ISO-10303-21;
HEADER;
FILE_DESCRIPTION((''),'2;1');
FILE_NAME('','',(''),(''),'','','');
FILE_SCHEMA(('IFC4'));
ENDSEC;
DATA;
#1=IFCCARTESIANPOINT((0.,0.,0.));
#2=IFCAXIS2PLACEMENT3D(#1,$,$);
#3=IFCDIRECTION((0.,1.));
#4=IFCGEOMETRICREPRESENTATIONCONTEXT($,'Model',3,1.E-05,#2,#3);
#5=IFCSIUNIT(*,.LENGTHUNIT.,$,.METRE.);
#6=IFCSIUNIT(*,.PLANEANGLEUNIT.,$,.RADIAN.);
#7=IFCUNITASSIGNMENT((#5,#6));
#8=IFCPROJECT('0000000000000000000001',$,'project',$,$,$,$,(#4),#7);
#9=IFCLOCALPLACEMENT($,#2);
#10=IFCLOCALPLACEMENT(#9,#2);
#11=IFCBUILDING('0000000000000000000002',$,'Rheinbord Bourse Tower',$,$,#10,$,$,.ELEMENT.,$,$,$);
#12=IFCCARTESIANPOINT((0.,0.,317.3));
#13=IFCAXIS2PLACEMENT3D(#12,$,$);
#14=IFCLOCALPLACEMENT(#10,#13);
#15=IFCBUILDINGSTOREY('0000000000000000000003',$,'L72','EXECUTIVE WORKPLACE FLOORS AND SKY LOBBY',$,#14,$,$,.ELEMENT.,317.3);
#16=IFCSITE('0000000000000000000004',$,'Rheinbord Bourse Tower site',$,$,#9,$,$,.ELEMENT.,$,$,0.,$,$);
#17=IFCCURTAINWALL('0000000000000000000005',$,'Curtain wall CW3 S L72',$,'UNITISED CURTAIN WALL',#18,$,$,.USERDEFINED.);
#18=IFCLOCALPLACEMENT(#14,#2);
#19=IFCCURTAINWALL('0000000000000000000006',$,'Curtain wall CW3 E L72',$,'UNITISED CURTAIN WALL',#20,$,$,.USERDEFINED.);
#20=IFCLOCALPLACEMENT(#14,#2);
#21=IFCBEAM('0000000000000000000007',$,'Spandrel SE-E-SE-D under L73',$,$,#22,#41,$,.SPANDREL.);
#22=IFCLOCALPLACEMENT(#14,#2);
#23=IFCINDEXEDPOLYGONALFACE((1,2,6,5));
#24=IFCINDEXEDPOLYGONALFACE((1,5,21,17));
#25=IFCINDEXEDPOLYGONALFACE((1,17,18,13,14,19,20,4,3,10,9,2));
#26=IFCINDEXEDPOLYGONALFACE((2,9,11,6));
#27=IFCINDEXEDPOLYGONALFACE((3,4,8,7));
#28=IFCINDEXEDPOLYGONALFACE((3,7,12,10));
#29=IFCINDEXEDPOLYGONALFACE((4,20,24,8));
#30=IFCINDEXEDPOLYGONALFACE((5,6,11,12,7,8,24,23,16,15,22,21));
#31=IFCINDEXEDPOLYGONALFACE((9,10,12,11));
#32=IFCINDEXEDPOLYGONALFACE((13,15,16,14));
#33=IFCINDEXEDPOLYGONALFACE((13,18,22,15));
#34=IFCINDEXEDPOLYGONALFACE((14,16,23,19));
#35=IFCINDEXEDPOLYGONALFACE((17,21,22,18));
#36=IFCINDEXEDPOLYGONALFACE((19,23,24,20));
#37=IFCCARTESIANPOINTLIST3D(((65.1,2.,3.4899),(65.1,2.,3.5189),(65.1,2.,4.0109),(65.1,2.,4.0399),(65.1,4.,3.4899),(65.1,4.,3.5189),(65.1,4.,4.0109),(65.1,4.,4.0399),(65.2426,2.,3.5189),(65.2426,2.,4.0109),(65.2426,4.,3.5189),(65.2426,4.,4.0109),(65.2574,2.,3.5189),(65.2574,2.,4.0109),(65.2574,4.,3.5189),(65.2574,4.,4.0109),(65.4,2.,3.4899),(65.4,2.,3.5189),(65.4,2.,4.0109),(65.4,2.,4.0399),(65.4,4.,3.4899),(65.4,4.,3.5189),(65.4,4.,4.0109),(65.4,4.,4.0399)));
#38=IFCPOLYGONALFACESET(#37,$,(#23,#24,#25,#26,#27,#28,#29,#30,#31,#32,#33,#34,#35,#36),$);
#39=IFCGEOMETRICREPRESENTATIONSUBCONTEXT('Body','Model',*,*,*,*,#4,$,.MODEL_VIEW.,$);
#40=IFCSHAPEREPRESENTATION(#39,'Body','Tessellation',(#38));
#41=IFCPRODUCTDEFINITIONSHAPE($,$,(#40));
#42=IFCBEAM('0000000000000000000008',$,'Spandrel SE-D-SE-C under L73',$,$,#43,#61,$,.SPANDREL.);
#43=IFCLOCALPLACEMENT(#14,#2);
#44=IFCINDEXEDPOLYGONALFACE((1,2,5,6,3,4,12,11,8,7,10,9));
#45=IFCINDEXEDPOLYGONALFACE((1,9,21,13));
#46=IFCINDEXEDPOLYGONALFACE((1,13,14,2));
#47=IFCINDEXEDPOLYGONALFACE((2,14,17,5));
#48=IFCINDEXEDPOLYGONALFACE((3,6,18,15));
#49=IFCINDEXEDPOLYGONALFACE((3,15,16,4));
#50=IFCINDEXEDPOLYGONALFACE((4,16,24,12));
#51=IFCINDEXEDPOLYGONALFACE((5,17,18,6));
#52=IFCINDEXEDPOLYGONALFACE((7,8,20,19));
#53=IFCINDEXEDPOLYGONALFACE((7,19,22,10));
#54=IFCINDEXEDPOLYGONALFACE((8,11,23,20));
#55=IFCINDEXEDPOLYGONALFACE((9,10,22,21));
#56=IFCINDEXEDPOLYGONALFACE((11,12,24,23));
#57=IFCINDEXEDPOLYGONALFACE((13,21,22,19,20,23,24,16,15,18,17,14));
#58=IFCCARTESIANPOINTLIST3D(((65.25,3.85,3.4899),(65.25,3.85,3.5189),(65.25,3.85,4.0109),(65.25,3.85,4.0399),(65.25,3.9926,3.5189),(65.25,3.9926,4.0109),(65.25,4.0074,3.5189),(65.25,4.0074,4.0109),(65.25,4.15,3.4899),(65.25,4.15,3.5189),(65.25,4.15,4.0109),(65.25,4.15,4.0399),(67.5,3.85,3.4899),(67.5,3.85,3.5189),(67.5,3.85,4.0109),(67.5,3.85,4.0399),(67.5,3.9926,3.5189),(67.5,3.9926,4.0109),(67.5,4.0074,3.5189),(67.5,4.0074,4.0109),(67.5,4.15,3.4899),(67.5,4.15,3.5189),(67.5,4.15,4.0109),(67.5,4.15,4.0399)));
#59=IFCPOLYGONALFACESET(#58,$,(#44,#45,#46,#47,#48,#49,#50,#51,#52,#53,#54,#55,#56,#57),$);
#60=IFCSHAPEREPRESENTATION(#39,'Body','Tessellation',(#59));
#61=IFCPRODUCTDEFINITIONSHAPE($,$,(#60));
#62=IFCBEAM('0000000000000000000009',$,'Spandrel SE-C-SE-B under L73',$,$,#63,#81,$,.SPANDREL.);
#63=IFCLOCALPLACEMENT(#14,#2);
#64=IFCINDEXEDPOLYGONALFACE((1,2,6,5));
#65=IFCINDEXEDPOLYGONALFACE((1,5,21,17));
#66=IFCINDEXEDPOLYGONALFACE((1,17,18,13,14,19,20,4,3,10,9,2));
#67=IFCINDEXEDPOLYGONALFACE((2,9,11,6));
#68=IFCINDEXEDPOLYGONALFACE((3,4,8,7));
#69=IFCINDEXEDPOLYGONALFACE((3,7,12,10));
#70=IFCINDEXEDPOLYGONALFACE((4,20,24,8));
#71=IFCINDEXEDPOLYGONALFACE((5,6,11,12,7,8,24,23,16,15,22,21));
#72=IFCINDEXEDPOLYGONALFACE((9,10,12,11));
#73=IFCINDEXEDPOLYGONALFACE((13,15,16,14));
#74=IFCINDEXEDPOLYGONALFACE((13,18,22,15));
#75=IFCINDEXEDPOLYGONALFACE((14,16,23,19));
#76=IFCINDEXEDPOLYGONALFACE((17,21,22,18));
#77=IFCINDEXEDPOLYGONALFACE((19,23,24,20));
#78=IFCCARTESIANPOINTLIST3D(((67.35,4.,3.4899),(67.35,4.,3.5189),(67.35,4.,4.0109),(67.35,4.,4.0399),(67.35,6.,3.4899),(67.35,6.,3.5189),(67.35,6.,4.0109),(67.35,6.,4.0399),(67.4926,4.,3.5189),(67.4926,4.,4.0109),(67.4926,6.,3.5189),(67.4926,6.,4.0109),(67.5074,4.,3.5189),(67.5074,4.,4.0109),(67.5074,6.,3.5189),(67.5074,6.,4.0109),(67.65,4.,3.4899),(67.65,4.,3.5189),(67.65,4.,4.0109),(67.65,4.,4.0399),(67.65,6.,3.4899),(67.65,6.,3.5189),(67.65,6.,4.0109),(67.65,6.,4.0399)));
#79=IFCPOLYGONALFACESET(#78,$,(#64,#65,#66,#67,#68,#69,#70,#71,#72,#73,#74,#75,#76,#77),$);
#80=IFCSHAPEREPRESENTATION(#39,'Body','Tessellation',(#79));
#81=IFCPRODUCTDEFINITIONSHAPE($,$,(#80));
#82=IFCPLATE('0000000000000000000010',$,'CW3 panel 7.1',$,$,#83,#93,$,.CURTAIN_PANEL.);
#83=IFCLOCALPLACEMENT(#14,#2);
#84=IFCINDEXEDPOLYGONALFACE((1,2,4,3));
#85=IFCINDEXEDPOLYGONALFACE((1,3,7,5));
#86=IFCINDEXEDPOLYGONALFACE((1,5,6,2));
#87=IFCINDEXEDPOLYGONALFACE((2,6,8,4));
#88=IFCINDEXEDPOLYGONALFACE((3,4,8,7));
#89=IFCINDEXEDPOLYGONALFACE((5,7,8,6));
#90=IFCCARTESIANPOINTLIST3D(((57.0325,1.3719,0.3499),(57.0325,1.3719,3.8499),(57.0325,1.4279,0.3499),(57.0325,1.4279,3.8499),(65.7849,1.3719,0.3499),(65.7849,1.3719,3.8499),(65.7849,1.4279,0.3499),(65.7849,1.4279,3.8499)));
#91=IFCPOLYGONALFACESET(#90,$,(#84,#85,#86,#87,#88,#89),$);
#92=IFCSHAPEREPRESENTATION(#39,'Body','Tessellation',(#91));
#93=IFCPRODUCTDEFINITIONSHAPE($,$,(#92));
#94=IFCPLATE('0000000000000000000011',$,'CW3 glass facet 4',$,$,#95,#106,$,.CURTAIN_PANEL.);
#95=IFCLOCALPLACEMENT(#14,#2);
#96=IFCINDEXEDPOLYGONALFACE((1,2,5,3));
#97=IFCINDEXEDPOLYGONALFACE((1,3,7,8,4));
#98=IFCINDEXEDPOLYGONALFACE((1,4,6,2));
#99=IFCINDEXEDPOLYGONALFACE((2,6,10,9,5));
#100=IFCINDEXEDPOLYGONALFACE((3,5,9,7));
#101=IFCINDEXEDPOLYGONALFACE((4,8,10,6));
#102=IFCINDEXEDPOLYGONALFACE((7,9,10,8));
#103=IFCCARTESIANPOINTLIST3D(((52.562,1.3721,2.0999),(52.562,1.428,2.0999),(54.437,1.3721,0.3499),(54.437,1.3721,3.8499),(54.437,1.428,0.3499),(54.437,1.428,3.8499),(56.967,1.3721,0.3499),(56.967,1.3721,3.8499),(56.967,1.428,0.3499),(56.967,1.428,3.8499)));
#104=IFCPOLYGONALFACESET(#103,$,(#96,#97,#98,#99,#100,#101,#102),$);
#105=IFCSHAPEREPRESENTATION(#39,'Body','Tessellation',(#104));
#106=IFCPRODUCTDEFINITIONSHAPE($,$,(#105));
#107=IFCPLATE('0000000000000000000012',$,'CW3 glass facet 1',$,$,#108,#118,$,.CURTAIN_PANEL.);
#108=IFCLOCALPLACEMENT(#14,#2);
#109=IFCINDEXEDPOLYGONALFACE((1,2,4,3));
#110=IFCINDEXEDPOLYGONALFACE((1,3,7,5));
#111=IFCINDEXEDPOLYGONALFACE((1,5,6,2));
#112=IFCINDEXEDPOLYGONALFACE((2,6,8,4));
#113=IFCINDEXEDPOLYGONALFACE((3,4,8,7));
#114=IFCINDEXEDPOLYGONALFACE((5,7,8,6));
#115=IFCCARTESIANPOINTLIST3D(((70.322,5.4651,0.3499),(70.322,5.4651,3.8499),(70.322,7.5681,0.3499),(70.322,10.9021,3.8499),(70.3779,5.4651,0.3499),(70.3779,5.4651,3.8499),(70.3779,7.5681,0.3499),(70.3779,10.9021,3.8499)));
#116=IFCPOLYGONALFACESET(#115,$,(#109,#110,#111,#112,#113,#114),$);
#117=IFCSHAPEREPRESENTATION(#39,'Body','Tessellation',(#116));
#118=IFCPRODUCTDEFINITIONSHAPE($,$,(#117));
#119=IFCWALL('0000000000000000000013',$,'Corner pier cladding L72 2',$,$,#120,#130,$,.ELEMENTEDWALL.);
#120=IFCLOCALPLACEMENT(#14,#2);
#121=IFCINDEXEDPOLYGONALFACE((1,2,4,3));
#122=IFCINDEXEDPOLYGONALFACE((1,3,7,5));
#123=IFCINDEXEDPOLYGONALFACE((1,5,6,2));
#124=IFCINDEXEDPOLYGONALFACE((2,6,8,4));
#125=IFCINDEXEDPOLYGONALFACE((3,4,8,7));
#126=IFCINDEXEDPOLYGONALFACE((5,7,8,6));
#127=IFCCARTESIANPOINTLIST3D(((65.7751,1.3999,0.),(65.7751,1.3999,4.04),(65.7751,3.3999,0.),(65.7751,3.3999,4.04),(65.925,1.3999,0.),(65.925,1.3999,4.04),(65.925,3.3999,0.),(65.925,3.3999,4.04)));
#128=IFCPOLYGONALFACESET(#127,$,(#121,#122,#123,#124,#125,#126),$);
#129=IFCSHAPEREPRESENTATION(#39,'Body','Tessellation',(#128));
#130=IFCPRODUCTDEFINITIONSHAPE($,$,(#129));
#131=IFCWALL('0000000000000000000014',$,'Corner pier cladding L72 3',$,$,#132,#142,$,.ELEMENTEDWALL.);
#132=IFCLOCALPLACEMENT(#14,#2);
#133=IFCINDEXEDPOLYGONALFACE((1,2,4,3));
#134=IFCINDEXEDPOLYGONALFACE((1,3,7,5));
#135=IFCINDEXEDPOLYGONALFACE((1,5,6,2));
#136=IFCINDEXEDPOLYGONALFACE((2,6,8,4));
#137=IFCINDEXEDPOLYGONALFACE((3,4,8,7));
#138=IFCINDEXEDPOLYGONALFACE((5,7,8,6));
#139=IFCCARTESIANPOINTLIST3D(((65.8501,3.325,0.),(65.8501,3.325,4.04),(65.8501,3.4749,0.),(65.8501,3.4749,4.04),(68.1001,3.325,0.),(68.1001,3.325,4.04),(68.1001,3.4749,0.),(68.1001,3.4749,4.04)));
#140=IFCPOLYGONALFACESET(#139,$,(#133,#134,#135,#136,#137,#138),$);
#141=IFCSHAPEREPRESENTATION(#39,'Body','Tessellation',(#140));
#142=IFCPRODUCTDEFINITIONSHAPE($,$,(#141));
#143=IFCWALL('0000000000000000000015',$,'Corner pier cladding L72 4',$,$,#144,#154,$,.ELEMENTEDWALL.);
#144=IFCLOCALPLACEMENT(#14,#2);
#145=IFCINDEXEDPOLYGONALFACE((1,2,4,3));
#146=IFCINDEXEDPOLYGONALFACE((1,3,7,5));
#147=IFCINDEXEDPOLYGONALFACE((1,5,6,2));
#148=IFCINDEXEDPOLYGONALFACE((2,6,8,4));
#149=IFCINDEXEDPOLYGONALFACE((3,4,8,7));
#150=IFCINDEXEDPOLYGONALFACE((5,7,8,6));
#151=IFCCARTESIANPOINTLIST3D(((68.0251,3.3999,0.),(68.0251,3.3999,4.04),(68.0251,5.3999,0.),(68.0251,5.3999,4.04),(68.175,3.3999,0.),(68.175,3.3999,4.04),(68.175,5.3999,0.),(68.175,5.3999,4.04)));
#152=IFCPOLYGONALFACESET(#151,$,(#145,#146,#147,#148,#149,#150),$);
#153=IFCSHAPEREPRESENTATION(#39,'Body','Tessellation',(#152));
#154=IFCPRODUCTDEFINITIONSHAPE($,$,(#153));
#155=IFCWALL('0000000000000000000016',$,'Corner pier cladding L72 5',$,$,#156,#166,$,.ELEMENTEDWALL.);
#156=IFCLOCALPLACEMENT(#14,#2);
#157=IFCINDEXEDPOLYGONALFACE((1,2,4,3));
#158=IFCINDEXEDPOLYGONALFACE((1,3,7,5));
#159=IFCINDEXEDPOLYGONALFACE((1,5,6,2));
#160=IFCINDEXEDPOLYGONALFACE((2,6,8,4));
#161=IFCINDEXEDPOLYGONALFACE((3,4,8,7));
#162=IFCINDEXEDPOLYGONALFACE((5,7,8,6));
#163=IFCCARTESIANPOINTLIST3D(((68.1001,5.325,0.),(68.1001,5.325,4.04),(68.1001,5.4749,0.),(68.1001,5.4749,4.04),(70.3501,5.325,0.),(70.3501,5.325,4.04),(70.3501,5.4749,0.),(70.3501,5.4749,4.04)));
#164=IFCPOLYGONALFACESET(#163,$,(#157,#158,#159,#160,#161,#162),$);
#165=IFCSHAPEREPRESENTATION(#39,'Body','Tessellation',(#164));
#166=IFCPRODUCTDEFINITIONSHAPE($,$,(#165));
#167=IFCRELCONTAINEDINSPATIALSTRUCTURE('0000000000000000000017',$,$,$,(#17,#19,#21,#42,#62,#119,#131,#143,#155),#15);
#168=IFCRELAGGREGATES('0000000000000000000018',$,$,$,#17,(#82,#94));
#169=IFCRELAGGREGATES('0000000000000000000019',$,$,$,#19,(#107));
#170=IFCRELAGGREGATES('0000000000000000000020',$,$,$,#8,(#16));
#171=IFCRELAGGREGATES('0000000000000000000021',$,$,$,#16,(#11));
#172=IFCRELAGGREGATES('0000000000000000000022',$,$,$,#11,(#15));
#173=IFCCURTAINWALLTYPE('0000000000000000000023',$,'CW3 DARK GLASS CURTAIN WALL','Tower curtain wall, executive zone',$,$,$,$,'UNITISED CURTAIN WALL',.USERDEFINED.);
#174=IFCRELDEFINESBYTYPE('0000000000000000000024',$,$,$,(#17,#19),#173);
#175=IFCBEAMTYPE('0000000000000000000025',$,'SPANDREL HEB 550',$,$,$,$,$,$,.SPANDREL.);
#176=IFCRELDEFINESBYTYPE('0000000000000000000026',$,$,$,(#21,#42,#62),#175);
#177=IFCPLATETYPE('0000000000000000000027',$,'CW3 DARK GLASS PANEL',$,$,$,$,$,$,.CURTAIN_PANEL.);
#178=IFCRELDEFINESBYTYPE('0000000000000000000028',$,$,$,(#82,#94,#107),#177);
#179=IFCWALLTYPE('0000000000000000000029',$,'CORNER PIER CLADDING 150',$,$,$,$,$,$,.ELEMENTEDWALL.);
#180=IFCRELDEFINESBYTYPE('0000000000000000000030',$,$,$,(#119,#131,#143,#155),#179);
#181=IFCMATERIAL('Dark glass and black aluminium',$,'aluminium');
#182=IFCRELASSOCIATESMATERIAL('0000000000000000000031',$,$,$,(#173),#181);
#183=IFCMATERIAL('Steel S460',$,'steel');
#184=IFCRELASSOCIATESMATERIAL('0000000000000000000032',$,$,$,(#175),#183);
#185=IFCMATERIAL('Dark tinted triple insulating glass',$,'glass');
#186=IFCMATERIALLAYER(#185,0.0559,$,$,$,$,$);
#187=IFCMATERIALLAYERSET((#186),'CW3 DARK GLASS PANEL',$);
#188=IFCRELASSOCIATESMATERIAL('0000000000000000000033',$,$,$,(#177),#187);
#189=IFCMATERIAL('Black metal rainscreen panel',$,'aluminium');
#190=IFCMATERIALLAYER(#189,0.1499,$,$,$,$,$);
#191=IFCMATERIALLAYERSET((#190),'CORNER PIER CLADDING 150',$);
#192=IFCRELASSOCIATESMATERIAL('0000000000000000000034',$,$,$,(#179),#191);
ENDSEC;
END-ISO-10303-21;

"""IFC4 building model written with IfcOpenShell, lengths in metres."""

from ifc_helpers import new_model, si_unit, direction, frame, frame_2d, origin, origin_2d, place, context, subcontext, project, spatial, polyline, rectangle, i_section, outline, extrude, material, layer, layer_set, material_profile, profile_set, type_object, element, aggregate, save


model = new_model("IFC4")

# Units and contexts
model_context = context("Model", 3, precision=1e-05, world=origin(), true_north=direction((0.0, 1.0)))
body_context = subcontext(model_context, "Body", "Model", "MODEL_VIEW")
ifc_project = project(units=[si_unit("LENGTHUNIT", "METRE"), si_unit("PLANEANGLEUNIT", "RADIAN")], contexts=[model_context])

# Site, building, storey
site_placement = place(None, origin())
site = spatial("IfcSite", under=ifc_project, at=site_placement, Name="Rheinbord Bourse Tower site", CompositionType="ELEMENT", RefElevation=0.0)
building_placement = place(site_placement, origin())
building = spatial("IfcBuilding", under=site, at=building_placement, Name="Rheinbord Bourse Tower", CompositionType="ELEMENT")
storey_placement = place(building_placement, frame((0.0, 0.0, 317.3)))
storey = spatial("IfcBuildingStorey", under=building, at=storey_placement, Name="L72", Description="EXECUTIVE WORKPLACE FLOORS AND SKY LOBBY", CompositionType="ELEMENT", Elevation=317.3)

# Curtain wall
ifc_material_1 = material(Name="Dark glass and black aluminium", Category="aluminium")
curtain_wall_type = type_object("IfcCurtainWallType", Name="CW3 DARK GLASS CURTAIN WALL", Description="Tower curtain wall, executive zone", ElementType="UNITISED CURTAIN WALL", PredefinedType="USERDEFINED", material=ifc_material_1)
curtain_wall_1_placement = place(storey_placement, origin())
curtain_wall_1 = element("IfcCurtainWall", 1, at=curtain_wall_1_placement, inside=storey, type_object=curtain_wall_type, Name="Curtain wall CW3 S L72", ObjectType="UNITISED CURTAIN WALL", PredefinedType="USERDEFINED")

# Curtain wall
curtain_wall_2_placement = place(storey_placement, origin())
curtain_wall_2 = element("IfcCurtainWall", 2, at=curtain_wall_2_placement, inside=storey, type_object=curtain_wall_type, Name="Curtain wall CW3 E L72", ObjectType="UNITISED CURTAIN WALL", PredefinedType="USERDEFINED")

# Beams
ifc_material_2 = material(Name="Steel S460", Category="steel")
ifc_material_profile_1 = material_profile(ifc_material_2, i_section(OverallWidth=0.3, OverallDepth=0.55, WebThickness=0.0149, FlangeThickness=0.0291, at=origin_2d()), Name="HEB 550")
ifc_profile_set_1 = profile_set([ifc_material_profile_1], Name="Steel S460")
beam_type_1 = type_object("IfcBeamType", Name="SPANDREL HEB 550", PredefinedType="SPANDREL", material=ifc_profile_set_1)
beam_1_placement = place(storey_placement, frame((65.25, 2.0, 3.7649), z_axis=(0.0, 1.0, 0.0), x_axis=(-1.0, 0.0, 0.0)))
element("IfcBeam", 3, at=beam_1_placement, inside=storey, type_object=beam_type_1, Name="Spandrel SE-E-SE-D under L73", PredefinedType="SPANDREL", context=body_context, shape_type="SweptSolid", body=[
    extrude(i_section(OverallWidth=0.3, OverallDepth=0.55, WebThickness=0.0149, FlangeThickness=0.0291, at=origin_2d()), origin(), (0.0, 0.0, 1.0), 2.0),
])
beam_2_placement = place(storey_placement, frame((65.25, 4.0, 3.7649), z_axis=(1.0, 0.0, 0.0), x_axis=(0.0, 1.0, 0.0)))
element("IfcBeam", 4, at=beam_2_placement, inside=storey, type_object=beam_type_1, Name="Spandrel SE-D-SE-C under L73", PredefinedType="SPANDREL", context=body_context, shape_type="SweptSolid", body=[
    extrude(i_section(OverallWidth=0.3, OverallDepth=0.55, WebThickness=0.0149, FlangeThickness=0.0291, at=origin_2d()), origin(), (0.0, 0.0, 1.0), 2.25),
])
beam_3_placement = place(storey_placement, frame((67.5, 4.0, 3.7649), z_axis=(0.0, 1.0, 0.0), x_axis=(-1.0, 0.0, 0.0)))
element("IfcBeam", 5, at=beam_3_placement, inside=storey, type_object=beam_type_1, Name="Spandrel SE-C-SE-B under L73", PredefinedType="SPANDREL", context=body_context, shape_type="SweptSolid", body=[
    extrude(i_section(OverallWidth=0.3, OverallDepth=0.55, WebThickness=0.0149, FlangeThickness=0.0291, at=origin_2d()), origin(), (0.0, 0.0, 1.0), 2.0),
])

# Plates
ifc_material_3 = material(Name="Dark tinted triple insulating glass", Category="glass")
ifc_layer_1 = layer(ifc_material_3, 0.0559)
ifc_layer_set_1 = layer_set([ifc_layer_1], Name="CW3 DARK GLASS PANEL")
plate_type = type_object("IfcPlateType", Name="CW3 DARK GLASS PANEL", PredefinedType="CURTAIN_PANEL", material=ifc_layer_set_1)
plate_1_placement = place(storey_placement, frame((61.4087, 1.3999, 0.3499), z_axis=(0.0, 0.0, 1.0), x_axis=(1.0, 0.0, 0.0)))
plate_1 = element("IfcPlate", 6, at=plate_1_placement, type_object=plate_type, Name="CW3 panel 7.1", PredefinedType="CURTAIN_PANEL", context=body_context, shape_type="SweptSolid", body=[
    extrude(rectangle(XDim=8.7524, YDim=0.0559, at=origin_2d()), origin(), (0.0, 0.0, 1.0), 3.5),
])
plate_2_placement = place(storey_placement, frame((56.967, 1.3721, 3.8499), z_axis=(0.0, 1.0, 0.0), x_axis=(0.0, 0.0, -1.0)))
plate_2 = element("IfcPlate", 7, at=plate_2_placement, type_object=plate_type, Name="CW3 glass facet 4", PredefinedType="CURTAIN_PANEL", context=body_context, shape_type="SweptSolid", body=[
    extrude(outline(polyline([(0.0, 0.0), (3.5, 0.0), (3.5, 2.53), (1.75, 4.405), (0.0, 2.53), (0.0, 0.0)])), origin(), (0.0, 0.0, 1.0), 0.0559),
])
aggregate(curtain_wall_1, [plate_1, plate_2])
plate_3_placement = place(storey_placement, frame((70.3779, 5.4651, 0.3499), z_axis=(-1.0, 0.0, 0.0), x_axis=(0.0, 0.0, 1.0)))
plate_3 = element("IfcPlate", 8, at=plate_3_placement, type_object=plate_type, Name="CW3 glass facet 1", PredefinedType="CURTAIN_PANEL", context=body_context, shape_type="SweptSolid", body=[
    extrude(outline(polyline([(0.0, 0.0), (3.5, 0.0), (3.5, 5.437), (0.0, 2.103), (0.0, 0.0)])), origin(), (0.0, 0.0, 1.0), 0.0559),
])
aggregate(curtain_wall_2, [plate_3])

# Walls
ifc_material_4 = material(Name="Black metal rainscreen panel", Category="aluminium")
ifc_layer_2 = layer(ifc_material_4, 0.1499)
ifc_layer_set_2 = layer_set([ifc_layer_2], Name="CORNER PIER CLADDING 150")
wall_type_1 = type_object("IfcWallType", Name="CORNER PIER CLADDING 150", PredefinedType="ELEMENTEDWALL", material=ifc_layer_set_2)
wall_1_placement = place(storey_placement, frame((65.8501, 1.3999, 0.0), z_axis=(0.0, 0.0, 1.0), x_axis=(0.0, 1.0, 0.0)))
element("IfcWall", 9, at=wall_1_placement, inside=storey, type_object=wall_type_1, Name="Corner pier cladding L72 2", PredefinedType="ELEMENTEDWALL", context=body_context, shape_type="SweptSolid", body=[
    extrude(rectangle(XDim=2.0, YDim=0.1499, at=frame_2d((1.0, 0.0))), origin(), (0.0, 0.0, 1.0), 4.04),
])
wall_2_placement = place(storey_placement, frame((65.8501, 3.3999, 0.0), z_axis=(0.0, 0.0, 1.0), x_axis=(1.0, 0.0, 0.0)))
element("IfcWall", 10, at=wall_2_placement, inside=storey, type_object=wall_type_1, Name="Corner pier cladding L72 3", PredefinedType="ELEMENTEDWALL", context=body_context, shape_type="SweptSolid", body=[
    extrude(rectangle(XDim=2.25, YDim=0.1499, at=frame_2d((1.125, 0.0))), origin(), (0.0, 0.0, 1.0), 4.04),
])
wall_3_placement = place(storey_placement, frame((68.1001, 3.3999, 0.0), z_axis=(0.0, 0.0, 1.0), x_axis=(0.0, 1.0, 0.0)))
element("IfcWall", 11, at=wall_3_placement, inside=storey, type_object=wall_type_1, Name="Corner pier cladding L72 4", PredefinedType="ELEMENTEDWALL", context=body_context, shape_type="SweptSolid", body=[
    extrude(rectangle(XDim=2.0, YDim=0.1499, at=frame_2d((1.0, 0.0))), origin(), (0.0, 0.0, 1.0), 4.04),
])
wall_4_placement = place(storey_placement, frame((68.1001, 5.3999, 0.0), z_axis=(0.0, 0.0, 1.0), x_axis=(1.0, 0.0, 0.0)))
element("IfcWall", 12, at=wall_4_placement, inside=storey, type_object=wall_type_1, Name="Corner pier cladding L72 5", PredefinedType="ELEMENTEDWALL", context=body_context, shape_type="SweptSolid", body=[
    extrude(rectangle(XDim=2.25, YDim=0.1499, at=frame_2d((1.125, 0.0))), origin(), (0.0, 0.0, 1.0), 4.04),
])

save(model, "model.ifc")
